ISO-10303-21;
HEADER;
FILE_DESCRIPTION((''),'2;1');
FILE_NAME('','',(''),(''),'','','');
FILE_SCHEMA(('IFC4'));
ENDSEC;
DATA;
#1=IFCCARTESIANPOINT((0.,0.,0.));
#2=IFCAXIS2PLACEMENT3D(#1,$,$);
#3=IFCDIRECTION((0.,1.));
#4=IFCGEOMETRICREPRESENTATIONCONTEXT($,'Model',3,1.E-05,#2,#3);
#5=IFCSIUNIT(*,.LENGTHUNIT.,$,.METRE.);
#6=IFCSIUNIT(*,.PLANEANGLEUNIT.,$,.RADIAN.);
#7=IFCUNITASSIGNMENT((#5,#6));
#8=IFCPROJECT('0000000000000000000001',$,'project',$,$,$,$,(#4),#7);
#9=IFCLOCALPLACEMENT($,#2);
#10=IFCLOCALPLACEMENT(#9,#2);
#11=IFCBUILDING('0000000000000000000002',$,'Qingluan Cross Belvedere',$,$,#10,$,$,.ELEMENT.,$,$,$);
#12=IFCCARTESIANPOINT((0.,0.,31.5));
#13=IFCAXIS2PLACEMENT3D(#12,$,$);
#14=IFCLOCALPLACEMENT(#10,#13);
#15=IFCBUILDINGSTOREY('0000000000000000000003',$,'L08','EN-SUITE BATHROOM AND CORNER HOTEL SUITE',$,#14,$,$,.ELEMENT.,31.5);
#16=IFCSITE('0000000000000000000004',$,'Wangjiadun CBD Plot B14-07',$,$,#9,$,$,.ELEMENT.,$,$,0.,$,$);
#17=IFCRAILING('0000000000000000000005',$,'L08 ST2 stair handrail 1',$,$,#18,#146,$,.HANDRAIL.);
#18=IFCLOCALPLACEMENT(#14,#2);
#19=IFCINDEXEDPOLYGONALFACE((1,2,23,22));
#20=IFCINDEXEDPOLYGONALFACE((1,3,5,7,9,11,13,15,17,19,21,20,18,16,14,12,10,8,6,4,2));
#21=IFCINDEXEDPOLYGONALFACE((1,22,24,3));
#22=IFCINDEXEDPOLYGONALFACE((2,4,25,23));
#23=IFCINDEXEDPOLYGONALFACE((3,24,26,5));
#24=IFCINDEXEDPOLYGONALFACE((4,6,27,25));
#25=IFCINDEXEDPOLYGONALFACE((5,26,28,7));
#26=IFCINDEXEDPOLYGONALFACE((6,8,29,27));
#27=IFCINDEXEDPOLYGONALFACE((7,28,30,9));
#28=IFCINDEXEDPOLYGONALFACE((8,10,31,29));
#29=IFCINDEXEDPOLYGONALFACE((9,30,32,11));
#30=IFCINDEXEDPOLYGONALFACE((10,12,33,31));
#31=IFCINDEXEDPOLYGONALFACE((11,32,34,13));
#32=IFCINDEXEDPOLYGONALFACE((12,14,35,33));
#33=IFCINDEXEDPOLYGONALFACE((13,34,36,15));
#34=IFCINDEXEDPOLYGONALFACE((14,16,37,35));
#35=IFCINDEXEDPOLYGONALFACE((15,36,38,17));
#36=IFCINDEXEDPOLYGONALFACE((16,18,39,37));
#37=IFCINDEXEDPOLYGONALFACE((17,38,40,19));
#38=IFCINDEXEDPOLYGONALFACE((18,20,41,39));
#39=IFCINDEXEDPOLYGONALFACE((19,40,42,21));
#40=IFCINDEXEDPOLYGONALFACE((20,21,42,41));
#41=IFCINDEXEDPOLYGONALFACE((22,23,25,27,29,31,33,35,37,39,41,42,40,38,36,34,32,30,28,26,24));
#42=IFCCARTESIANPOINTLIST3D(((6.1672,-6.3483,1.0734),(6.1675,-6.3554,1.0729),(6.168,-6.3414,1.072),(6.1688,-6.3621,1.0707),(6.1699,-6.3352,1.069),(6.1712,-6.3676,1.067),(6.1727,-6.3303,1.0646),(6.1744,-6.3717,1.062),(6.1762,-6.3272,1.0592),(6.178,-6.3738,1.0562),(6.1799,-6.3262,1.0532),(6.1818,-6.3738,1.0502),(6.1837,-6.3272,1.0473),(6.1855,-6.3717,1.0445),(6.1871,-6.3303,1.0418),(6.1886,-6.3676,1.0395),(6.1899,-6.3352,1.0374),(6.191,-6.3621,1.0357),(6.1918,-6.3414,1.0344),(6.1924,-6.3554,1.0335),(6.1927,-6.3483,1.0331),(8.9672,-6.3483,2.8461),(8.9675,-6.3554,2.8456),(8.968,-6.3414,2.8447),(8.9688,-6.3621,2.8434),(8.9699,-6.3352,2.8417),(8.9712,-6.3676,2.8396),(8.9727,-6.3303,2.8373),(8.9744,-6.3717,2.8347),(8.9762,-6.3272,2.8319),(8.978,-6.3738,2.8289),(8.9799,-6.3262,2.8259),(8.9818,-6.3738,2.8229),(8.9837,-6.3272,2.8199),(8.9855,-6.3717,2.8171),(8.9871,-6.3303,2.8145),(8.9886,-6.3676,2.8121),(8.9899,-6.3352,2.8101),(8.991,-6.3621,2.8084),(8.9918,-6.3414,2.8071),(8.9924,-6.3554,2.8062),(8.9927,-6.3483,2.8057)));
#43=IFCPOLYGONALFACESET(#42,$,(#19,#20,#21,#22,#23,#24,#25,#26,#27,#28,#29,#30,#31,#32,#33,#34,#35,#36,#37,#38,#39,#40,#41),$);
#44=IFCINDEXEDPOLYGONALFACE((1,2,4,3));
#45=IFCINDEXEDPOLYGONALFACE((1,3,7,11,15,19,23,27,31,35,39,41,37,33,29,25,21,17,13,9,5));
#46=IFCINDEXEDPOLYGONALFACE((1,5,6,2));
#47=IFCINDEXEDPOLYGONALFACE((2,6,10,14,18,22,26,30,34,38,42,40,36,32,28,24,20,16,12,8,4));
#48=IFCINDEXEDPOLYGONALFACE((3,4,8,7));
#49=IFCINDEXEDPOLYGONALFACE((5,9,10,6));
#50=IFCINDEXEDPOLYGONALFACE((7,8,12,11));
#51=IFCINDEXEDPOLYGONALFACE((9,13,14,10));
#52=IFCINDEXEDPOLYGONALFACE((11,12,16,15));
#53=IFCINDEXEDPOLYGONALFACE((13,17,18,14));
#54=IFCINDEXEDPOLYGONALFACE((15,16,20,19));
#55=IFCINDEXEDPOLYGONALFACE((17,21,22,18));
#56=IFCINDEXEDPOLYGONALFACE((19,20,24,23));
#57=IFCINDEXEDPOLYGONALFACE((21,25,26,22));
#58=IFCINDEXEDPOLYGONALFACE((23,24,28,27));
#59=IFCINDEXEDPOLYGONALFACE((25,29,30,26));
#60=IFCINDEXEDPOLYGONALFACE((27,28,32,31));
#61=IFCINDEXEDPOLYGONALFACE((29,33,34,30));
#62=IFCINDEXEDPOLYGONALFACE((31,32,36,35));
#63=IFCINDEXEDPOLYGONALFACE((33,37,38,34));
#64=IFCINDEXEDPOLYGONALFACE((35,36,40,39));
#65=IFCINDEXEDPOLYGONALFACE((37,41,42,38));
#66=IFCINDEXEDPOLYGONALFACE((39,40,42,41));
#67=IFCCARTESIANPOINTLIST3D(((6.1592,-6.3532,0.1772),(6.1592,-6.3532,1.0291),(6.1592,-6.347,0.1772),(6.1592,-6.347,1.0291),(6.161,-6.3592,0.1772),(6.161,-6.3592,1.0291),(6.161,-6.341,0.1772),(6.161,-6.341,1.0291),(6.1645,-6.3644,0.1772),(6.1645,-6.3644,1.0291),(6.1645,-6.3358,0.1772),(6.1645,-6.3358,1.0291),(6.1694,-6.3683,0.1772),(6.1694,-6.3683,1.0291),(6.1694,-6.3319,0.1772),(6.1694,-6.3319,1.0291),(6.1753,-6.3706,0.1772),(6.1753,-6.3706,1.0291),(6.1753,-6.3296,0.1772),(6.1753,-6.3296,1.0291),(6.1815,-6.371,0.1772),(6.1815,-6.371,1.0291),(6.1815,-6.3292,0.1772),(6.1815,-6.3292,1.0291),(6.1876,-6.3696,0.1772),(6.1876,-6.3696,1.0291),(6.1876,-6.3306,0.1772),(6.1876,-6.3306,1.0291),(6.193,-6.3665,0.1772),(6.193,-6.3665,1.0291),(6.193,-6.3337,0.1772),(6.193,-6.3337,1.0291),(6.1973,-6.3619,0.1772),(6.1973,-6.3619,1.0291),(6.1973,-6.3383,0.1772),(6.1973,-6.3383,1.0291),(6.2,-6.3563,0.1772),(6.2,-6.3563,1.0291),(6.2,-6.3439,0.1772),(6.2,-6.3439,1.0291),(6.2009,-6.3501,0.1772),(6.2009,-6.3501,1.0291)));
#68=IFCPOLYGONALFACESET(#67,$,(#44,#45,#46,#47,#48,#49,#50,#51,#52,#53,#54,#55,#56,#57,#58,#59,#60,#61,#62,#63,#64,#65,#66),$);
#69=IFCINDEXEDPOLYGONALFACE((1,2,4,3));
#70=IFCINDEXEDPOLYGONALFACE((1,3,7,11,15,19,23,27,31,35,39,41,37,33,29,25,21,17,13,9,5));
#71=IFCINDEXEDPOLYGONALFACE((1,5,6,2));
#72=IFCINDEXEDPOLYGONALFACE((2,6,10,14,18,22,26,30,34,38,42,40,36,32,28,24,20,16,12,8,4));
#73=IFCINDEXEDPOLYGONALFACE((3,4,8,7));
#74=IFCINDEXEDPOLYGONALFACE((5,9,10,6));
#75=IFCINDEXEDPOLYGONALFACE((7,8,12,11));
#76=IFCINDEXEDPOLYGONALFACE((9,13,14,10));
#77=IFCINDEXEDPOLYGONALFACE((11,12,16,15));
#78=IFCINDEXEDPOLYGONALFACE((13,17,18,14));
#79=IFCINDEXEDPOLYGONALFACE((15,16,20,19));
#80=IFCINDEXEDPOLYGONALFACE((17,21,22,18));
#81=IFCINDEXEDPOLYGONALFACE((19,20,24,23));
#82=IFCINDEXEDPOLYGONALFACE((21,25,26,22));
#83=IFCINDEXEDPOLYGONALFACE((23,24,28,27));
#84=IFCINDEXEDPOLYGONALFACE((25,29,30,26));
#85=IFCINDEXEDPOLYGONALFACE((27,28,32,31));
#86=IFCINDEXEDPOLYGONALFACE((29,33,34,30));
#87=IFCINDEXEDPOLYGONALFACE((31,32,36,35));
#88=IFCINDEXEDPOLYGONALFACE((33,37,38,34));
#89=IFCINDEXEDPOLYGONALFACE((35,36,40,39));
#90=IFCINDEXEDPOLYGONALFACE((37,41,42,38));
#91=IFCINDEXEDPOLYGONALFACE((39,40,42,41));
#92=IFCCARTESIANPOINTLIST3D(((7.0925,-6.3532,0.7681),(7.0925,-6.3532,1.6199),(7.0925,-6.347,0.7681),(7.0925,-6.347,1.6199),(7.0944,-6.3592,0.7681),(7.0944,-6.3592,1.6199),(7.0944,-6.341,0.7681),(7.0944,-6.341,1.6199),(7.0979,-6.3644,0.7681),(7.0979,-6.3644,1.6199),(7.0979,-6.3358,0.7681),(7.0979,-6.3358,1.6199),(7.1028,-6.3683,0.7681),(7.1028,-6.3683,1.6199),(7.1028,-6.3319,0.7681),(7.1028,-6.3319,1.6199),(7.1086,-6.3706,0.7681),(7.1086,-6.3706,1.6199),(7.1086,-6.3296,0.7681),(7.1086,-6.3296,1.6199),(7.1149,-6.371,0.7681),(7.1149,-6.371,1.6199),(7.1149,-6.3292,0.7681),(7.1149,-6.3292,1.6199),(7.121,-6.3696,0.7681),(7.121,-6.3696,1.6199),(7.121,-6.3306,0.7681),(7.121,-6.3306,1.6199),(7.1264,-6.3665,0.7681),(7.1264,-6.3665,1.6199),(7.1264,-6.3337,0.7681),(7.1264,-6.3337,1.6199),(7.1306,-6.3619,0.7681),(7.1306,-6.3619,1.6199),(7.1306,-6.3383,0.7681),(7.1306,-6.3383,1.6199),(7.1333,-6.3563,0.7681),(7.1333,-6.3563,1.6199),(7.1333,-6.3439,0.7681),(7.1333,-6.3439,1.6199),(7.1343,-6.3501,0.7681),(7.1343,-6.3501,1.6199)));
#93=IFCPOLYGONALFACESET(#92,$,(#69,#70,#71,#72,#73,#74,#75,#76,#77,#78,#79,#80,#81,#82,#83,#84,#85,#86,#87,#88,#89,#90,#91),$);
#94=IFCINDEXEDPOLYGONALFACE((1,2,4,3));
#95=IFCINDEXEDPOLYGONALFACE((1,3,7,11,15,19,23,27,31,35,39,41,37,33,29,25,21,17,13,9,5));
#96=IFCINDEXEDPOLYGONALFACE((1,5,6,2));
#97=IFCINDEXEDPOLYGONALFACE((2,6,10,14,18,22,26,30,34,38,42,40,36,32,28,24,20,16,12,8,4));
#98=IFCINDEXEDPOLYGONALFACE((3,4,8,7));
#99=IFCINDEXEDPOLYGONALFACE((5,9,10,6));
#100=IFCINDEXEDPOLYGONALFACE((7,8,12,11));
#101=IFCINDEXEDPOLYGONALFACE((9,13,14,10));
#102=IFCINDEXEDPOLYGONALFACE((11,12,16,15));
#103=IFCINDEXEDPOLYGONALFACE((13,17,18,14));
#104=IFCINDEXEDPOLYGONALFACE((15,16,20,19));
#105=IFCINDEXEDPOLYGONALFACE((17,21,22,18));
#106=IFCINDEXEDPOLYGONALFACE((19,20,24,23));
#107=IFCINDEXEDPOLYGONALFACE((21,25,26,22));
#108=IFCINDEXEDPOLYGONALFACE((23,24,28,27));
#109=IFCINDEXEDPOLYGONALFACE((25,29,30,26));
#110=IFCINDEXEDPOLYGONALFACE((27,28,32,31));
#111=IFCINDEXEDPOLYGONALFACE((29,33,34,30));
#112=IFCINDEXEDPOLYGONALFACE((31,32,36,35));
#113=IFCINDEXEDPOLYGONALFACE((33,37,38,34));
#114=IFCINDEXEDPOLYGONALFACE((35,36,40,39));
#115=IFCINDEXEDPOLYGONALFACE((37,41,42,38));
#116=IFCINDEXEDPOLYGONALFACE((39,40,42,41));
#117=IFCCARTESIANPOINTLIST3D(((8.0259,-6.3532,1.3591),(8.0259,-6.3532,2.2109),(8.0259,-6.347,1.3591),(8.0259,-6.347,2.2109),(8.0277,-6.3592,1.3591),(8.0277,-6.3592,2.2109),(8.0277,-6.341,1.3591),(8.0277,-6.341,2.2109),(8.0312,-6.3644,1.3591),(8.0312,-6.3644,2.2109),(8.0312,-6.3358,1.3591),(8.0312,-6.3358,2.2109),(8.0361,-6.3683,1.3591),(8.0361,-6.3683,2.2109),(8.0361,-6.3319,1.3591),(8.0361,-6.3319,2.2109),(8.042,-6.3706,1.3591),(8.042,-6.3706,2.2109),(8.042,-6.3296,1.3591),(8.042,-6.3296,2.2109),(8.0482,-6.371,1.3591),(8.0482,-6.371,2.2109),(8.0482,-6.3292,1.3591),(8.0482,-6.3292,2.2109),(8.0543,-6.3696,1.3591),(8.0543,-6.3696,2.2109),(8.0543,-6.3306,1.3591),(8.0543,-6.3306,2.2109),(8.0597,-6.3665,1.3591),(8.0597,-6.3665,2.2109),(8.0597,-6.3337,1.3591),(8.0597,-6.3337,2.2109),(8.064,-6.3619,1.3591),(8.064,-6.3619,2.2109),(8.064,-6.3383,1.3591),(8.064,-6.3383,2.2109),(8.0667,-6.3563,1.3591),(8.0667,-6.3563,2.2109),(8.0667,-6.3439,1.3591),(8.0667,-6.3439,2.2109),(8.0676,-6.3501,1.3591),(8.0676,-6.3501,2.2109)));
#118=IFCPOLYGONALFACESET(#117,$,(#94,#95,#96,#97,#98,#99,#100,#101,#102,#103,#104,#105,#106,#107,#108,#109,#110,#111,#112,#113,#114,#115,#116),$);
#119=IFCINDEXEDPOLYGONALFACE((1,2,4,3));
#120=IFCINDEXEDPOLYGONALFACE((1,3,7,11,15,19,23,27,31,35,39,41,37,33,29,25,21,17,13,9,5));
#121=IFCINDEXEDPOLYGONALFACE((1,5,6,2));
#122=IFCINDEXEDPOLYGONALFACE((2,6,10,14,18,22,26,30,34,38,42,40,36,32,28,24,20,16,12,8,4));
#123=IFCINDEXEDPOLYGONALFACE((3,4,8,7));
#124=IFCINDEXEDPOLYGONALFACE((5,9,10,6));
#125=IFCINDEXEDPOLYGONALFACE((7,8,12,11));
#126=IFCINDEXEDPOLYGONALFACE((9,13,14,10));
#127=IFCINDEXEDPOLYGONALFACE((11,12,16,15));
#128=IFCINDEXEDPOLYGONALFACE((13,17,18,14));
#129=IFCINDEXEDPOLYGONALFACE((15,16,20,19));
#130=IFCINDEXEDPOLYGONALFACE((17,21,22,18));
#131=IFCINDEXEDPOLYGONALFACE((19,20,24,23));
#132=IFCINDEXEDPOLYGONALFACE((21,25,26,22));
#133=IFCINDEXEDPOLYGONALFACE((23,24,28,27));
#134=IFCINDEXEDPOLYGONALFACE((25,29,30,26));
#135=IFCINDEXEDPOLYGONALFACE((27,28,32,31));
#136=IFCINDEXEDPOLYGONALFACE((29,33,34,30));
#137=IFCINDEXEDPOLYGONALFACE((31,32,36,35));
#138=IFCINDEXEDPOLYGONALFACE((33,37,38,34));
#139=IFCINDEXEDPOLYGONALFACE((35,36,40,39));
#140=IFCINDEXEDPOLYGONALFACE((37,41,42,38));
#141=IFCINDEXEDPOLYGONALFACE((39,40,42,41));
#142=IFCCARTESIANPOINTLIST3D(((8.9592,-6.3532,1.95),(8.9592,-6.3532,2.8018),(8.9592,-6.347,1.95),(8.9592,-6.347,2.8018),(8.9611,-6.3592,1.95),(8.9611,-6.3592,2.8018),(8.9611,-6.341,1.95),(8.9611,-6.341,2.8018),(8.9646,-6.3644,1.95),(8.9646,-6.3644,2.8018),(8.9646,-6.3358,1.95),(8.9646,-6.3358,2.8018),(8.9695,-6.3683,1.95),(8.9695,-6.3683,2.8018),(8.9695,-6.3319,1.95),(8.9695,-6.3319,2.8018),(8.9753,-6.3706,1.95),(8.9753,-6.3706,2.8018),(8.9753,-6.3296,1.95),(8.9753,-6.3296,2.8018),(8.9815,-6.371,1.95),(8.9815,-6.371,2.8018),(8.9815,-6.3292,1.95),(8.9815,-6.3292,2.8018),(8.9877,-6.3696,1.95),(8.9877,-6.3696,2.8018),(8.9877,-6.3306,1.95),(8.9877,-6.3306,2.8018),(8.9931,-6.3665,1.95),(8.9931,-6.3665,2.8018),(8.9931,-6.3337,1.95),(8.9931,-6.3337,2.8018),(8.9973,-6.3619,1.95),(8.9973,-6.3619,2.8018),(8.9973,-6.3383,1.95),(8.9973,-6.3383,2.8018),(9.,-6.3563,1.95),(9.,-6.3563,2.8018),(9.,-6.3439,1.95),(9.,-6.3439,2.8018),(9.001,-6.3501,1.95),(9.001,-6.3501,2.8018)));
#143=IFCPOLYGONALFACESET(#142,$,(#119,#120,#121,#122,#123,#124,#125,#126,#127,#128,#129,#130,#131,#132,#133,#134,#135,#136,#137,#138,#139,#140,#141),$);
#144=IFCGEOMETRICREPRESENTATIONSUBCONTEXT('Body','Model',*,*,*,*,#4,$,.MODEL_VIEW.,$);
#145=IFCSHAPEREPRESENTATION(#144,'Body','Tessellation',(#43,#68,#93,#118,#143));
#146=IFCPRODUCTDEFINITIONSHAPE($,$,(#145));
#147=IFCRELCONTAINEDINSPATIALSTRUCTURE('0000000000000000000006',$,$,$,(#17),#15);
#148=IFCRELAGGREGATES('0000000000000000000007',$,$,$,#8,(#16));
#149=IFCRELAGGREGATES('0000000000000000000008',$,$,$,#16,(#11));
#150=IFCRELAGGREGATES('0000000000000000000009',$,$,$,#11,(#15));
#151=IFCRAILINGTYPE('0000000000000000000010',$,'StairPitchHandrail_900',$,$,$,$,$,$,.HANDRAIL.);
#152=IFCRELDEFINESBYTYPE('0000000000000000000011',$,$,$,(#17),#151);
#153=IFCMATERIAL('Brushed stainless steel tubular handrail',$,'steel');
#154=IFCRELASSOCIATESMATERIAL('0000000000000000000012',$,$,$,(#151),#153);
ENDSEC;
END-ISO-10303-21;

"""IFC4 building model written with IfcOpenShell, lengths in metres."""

from ifc_helpers import new_model, si_unit, direction, frame, origin, origin_2d, place, context, subcontext, project, spatial, circle, extrude, material, type_object, element, save


model = new_model("IFC4")

# Units and contexts
model_context = context("Model", 3, precision=1e-05, world=origin(), true_north=direction((0.0, 1.0)))
body_context = subcontext(model_context, "Body", "Model", "MODEL_VIEW")
ifc_project = project(units=[si_unit("LENGTHUNIT", "METRE"), si_unit("PLANEANGLEUNIT", "RADIAN")], contexts=[model_context])

# Site, building, storey
site_placement = place(None, origin())
site = spatial("IfcSite", under=ifc_project, at=site_placement, Name="Wangjiadun CBD Plot B14-07", CompositionType="ELEMENT", RefElevation=0.0)
building_placement = place(site_placement, origin())
building = spatial("IfcBuilding", under=site, at=building_placement, Name="Qingluan Cross Belvedere", CompositionType="ELEMENT")
storey_placement = place(building_placement, frame((0.0, 0.0, 31.5)))
storey = spatial("IfcBuildingStorey", under=building, at=storey_placement, Name="L08", Description="EN-SUITE BATHROOM AND CORNER HOTEL SUITE", CompositionType="ELEMENT", Elevation=31.5)

# Railing
ifc_material_1 = material(Name="Brushed stainless steel tubular handrail", Category="steel")
railing_type_1 = type_object("IfcRailingType", Name="StairPitchHandrail_900", PredefinedType="HANDRAIL", material=ifc_material_1)
for number, where, name in (
    (1, (6.1799, -6.3501, 0.1772), "L08 ST2 stair handrail 1"),
):
    element("IfcRailing", number, at=place(storey_placement, frame(where)), inside=storey, type_object=railing_type_1, Name=name, PredefinedType="HANDRAIL", context=body_context, shape_type="SweptSolid", body=[
        extrude(circle(Radius=0.0239, at=origin_2d()), frame((0.0, 0.0, 0.876), z_axis=(0.844909, 0.0, 0.53491), x_axis=(0.0, 1.0, 0.0)), (0.0, 0.0, 1.0), 3.314),
        extrude(circle(Radius=0.021, at=origin_2d()), origin(), (0.0, 0.0, 1.0), 0.8518),
        extrude(circle(Radius=0.021, at=origin_2d()), frame((0.9333, 0.0, 0.5908)), (0.0, 0.0, 1.0), 0.8518),
        extrude(circle(Radius=0.021, at=origin_2d()), frame((1.8667, 0.0, 1.1819)), (0.0, 0.0, 1.0), 0.8518),
        extrude(circle(Radius=0.021, at=origin_2d()), frame((2.8, 0.0, 1.7727)), (0.0, 0.0, 1.0), 0.8518),
    ])

save(model, "model.ifc")
